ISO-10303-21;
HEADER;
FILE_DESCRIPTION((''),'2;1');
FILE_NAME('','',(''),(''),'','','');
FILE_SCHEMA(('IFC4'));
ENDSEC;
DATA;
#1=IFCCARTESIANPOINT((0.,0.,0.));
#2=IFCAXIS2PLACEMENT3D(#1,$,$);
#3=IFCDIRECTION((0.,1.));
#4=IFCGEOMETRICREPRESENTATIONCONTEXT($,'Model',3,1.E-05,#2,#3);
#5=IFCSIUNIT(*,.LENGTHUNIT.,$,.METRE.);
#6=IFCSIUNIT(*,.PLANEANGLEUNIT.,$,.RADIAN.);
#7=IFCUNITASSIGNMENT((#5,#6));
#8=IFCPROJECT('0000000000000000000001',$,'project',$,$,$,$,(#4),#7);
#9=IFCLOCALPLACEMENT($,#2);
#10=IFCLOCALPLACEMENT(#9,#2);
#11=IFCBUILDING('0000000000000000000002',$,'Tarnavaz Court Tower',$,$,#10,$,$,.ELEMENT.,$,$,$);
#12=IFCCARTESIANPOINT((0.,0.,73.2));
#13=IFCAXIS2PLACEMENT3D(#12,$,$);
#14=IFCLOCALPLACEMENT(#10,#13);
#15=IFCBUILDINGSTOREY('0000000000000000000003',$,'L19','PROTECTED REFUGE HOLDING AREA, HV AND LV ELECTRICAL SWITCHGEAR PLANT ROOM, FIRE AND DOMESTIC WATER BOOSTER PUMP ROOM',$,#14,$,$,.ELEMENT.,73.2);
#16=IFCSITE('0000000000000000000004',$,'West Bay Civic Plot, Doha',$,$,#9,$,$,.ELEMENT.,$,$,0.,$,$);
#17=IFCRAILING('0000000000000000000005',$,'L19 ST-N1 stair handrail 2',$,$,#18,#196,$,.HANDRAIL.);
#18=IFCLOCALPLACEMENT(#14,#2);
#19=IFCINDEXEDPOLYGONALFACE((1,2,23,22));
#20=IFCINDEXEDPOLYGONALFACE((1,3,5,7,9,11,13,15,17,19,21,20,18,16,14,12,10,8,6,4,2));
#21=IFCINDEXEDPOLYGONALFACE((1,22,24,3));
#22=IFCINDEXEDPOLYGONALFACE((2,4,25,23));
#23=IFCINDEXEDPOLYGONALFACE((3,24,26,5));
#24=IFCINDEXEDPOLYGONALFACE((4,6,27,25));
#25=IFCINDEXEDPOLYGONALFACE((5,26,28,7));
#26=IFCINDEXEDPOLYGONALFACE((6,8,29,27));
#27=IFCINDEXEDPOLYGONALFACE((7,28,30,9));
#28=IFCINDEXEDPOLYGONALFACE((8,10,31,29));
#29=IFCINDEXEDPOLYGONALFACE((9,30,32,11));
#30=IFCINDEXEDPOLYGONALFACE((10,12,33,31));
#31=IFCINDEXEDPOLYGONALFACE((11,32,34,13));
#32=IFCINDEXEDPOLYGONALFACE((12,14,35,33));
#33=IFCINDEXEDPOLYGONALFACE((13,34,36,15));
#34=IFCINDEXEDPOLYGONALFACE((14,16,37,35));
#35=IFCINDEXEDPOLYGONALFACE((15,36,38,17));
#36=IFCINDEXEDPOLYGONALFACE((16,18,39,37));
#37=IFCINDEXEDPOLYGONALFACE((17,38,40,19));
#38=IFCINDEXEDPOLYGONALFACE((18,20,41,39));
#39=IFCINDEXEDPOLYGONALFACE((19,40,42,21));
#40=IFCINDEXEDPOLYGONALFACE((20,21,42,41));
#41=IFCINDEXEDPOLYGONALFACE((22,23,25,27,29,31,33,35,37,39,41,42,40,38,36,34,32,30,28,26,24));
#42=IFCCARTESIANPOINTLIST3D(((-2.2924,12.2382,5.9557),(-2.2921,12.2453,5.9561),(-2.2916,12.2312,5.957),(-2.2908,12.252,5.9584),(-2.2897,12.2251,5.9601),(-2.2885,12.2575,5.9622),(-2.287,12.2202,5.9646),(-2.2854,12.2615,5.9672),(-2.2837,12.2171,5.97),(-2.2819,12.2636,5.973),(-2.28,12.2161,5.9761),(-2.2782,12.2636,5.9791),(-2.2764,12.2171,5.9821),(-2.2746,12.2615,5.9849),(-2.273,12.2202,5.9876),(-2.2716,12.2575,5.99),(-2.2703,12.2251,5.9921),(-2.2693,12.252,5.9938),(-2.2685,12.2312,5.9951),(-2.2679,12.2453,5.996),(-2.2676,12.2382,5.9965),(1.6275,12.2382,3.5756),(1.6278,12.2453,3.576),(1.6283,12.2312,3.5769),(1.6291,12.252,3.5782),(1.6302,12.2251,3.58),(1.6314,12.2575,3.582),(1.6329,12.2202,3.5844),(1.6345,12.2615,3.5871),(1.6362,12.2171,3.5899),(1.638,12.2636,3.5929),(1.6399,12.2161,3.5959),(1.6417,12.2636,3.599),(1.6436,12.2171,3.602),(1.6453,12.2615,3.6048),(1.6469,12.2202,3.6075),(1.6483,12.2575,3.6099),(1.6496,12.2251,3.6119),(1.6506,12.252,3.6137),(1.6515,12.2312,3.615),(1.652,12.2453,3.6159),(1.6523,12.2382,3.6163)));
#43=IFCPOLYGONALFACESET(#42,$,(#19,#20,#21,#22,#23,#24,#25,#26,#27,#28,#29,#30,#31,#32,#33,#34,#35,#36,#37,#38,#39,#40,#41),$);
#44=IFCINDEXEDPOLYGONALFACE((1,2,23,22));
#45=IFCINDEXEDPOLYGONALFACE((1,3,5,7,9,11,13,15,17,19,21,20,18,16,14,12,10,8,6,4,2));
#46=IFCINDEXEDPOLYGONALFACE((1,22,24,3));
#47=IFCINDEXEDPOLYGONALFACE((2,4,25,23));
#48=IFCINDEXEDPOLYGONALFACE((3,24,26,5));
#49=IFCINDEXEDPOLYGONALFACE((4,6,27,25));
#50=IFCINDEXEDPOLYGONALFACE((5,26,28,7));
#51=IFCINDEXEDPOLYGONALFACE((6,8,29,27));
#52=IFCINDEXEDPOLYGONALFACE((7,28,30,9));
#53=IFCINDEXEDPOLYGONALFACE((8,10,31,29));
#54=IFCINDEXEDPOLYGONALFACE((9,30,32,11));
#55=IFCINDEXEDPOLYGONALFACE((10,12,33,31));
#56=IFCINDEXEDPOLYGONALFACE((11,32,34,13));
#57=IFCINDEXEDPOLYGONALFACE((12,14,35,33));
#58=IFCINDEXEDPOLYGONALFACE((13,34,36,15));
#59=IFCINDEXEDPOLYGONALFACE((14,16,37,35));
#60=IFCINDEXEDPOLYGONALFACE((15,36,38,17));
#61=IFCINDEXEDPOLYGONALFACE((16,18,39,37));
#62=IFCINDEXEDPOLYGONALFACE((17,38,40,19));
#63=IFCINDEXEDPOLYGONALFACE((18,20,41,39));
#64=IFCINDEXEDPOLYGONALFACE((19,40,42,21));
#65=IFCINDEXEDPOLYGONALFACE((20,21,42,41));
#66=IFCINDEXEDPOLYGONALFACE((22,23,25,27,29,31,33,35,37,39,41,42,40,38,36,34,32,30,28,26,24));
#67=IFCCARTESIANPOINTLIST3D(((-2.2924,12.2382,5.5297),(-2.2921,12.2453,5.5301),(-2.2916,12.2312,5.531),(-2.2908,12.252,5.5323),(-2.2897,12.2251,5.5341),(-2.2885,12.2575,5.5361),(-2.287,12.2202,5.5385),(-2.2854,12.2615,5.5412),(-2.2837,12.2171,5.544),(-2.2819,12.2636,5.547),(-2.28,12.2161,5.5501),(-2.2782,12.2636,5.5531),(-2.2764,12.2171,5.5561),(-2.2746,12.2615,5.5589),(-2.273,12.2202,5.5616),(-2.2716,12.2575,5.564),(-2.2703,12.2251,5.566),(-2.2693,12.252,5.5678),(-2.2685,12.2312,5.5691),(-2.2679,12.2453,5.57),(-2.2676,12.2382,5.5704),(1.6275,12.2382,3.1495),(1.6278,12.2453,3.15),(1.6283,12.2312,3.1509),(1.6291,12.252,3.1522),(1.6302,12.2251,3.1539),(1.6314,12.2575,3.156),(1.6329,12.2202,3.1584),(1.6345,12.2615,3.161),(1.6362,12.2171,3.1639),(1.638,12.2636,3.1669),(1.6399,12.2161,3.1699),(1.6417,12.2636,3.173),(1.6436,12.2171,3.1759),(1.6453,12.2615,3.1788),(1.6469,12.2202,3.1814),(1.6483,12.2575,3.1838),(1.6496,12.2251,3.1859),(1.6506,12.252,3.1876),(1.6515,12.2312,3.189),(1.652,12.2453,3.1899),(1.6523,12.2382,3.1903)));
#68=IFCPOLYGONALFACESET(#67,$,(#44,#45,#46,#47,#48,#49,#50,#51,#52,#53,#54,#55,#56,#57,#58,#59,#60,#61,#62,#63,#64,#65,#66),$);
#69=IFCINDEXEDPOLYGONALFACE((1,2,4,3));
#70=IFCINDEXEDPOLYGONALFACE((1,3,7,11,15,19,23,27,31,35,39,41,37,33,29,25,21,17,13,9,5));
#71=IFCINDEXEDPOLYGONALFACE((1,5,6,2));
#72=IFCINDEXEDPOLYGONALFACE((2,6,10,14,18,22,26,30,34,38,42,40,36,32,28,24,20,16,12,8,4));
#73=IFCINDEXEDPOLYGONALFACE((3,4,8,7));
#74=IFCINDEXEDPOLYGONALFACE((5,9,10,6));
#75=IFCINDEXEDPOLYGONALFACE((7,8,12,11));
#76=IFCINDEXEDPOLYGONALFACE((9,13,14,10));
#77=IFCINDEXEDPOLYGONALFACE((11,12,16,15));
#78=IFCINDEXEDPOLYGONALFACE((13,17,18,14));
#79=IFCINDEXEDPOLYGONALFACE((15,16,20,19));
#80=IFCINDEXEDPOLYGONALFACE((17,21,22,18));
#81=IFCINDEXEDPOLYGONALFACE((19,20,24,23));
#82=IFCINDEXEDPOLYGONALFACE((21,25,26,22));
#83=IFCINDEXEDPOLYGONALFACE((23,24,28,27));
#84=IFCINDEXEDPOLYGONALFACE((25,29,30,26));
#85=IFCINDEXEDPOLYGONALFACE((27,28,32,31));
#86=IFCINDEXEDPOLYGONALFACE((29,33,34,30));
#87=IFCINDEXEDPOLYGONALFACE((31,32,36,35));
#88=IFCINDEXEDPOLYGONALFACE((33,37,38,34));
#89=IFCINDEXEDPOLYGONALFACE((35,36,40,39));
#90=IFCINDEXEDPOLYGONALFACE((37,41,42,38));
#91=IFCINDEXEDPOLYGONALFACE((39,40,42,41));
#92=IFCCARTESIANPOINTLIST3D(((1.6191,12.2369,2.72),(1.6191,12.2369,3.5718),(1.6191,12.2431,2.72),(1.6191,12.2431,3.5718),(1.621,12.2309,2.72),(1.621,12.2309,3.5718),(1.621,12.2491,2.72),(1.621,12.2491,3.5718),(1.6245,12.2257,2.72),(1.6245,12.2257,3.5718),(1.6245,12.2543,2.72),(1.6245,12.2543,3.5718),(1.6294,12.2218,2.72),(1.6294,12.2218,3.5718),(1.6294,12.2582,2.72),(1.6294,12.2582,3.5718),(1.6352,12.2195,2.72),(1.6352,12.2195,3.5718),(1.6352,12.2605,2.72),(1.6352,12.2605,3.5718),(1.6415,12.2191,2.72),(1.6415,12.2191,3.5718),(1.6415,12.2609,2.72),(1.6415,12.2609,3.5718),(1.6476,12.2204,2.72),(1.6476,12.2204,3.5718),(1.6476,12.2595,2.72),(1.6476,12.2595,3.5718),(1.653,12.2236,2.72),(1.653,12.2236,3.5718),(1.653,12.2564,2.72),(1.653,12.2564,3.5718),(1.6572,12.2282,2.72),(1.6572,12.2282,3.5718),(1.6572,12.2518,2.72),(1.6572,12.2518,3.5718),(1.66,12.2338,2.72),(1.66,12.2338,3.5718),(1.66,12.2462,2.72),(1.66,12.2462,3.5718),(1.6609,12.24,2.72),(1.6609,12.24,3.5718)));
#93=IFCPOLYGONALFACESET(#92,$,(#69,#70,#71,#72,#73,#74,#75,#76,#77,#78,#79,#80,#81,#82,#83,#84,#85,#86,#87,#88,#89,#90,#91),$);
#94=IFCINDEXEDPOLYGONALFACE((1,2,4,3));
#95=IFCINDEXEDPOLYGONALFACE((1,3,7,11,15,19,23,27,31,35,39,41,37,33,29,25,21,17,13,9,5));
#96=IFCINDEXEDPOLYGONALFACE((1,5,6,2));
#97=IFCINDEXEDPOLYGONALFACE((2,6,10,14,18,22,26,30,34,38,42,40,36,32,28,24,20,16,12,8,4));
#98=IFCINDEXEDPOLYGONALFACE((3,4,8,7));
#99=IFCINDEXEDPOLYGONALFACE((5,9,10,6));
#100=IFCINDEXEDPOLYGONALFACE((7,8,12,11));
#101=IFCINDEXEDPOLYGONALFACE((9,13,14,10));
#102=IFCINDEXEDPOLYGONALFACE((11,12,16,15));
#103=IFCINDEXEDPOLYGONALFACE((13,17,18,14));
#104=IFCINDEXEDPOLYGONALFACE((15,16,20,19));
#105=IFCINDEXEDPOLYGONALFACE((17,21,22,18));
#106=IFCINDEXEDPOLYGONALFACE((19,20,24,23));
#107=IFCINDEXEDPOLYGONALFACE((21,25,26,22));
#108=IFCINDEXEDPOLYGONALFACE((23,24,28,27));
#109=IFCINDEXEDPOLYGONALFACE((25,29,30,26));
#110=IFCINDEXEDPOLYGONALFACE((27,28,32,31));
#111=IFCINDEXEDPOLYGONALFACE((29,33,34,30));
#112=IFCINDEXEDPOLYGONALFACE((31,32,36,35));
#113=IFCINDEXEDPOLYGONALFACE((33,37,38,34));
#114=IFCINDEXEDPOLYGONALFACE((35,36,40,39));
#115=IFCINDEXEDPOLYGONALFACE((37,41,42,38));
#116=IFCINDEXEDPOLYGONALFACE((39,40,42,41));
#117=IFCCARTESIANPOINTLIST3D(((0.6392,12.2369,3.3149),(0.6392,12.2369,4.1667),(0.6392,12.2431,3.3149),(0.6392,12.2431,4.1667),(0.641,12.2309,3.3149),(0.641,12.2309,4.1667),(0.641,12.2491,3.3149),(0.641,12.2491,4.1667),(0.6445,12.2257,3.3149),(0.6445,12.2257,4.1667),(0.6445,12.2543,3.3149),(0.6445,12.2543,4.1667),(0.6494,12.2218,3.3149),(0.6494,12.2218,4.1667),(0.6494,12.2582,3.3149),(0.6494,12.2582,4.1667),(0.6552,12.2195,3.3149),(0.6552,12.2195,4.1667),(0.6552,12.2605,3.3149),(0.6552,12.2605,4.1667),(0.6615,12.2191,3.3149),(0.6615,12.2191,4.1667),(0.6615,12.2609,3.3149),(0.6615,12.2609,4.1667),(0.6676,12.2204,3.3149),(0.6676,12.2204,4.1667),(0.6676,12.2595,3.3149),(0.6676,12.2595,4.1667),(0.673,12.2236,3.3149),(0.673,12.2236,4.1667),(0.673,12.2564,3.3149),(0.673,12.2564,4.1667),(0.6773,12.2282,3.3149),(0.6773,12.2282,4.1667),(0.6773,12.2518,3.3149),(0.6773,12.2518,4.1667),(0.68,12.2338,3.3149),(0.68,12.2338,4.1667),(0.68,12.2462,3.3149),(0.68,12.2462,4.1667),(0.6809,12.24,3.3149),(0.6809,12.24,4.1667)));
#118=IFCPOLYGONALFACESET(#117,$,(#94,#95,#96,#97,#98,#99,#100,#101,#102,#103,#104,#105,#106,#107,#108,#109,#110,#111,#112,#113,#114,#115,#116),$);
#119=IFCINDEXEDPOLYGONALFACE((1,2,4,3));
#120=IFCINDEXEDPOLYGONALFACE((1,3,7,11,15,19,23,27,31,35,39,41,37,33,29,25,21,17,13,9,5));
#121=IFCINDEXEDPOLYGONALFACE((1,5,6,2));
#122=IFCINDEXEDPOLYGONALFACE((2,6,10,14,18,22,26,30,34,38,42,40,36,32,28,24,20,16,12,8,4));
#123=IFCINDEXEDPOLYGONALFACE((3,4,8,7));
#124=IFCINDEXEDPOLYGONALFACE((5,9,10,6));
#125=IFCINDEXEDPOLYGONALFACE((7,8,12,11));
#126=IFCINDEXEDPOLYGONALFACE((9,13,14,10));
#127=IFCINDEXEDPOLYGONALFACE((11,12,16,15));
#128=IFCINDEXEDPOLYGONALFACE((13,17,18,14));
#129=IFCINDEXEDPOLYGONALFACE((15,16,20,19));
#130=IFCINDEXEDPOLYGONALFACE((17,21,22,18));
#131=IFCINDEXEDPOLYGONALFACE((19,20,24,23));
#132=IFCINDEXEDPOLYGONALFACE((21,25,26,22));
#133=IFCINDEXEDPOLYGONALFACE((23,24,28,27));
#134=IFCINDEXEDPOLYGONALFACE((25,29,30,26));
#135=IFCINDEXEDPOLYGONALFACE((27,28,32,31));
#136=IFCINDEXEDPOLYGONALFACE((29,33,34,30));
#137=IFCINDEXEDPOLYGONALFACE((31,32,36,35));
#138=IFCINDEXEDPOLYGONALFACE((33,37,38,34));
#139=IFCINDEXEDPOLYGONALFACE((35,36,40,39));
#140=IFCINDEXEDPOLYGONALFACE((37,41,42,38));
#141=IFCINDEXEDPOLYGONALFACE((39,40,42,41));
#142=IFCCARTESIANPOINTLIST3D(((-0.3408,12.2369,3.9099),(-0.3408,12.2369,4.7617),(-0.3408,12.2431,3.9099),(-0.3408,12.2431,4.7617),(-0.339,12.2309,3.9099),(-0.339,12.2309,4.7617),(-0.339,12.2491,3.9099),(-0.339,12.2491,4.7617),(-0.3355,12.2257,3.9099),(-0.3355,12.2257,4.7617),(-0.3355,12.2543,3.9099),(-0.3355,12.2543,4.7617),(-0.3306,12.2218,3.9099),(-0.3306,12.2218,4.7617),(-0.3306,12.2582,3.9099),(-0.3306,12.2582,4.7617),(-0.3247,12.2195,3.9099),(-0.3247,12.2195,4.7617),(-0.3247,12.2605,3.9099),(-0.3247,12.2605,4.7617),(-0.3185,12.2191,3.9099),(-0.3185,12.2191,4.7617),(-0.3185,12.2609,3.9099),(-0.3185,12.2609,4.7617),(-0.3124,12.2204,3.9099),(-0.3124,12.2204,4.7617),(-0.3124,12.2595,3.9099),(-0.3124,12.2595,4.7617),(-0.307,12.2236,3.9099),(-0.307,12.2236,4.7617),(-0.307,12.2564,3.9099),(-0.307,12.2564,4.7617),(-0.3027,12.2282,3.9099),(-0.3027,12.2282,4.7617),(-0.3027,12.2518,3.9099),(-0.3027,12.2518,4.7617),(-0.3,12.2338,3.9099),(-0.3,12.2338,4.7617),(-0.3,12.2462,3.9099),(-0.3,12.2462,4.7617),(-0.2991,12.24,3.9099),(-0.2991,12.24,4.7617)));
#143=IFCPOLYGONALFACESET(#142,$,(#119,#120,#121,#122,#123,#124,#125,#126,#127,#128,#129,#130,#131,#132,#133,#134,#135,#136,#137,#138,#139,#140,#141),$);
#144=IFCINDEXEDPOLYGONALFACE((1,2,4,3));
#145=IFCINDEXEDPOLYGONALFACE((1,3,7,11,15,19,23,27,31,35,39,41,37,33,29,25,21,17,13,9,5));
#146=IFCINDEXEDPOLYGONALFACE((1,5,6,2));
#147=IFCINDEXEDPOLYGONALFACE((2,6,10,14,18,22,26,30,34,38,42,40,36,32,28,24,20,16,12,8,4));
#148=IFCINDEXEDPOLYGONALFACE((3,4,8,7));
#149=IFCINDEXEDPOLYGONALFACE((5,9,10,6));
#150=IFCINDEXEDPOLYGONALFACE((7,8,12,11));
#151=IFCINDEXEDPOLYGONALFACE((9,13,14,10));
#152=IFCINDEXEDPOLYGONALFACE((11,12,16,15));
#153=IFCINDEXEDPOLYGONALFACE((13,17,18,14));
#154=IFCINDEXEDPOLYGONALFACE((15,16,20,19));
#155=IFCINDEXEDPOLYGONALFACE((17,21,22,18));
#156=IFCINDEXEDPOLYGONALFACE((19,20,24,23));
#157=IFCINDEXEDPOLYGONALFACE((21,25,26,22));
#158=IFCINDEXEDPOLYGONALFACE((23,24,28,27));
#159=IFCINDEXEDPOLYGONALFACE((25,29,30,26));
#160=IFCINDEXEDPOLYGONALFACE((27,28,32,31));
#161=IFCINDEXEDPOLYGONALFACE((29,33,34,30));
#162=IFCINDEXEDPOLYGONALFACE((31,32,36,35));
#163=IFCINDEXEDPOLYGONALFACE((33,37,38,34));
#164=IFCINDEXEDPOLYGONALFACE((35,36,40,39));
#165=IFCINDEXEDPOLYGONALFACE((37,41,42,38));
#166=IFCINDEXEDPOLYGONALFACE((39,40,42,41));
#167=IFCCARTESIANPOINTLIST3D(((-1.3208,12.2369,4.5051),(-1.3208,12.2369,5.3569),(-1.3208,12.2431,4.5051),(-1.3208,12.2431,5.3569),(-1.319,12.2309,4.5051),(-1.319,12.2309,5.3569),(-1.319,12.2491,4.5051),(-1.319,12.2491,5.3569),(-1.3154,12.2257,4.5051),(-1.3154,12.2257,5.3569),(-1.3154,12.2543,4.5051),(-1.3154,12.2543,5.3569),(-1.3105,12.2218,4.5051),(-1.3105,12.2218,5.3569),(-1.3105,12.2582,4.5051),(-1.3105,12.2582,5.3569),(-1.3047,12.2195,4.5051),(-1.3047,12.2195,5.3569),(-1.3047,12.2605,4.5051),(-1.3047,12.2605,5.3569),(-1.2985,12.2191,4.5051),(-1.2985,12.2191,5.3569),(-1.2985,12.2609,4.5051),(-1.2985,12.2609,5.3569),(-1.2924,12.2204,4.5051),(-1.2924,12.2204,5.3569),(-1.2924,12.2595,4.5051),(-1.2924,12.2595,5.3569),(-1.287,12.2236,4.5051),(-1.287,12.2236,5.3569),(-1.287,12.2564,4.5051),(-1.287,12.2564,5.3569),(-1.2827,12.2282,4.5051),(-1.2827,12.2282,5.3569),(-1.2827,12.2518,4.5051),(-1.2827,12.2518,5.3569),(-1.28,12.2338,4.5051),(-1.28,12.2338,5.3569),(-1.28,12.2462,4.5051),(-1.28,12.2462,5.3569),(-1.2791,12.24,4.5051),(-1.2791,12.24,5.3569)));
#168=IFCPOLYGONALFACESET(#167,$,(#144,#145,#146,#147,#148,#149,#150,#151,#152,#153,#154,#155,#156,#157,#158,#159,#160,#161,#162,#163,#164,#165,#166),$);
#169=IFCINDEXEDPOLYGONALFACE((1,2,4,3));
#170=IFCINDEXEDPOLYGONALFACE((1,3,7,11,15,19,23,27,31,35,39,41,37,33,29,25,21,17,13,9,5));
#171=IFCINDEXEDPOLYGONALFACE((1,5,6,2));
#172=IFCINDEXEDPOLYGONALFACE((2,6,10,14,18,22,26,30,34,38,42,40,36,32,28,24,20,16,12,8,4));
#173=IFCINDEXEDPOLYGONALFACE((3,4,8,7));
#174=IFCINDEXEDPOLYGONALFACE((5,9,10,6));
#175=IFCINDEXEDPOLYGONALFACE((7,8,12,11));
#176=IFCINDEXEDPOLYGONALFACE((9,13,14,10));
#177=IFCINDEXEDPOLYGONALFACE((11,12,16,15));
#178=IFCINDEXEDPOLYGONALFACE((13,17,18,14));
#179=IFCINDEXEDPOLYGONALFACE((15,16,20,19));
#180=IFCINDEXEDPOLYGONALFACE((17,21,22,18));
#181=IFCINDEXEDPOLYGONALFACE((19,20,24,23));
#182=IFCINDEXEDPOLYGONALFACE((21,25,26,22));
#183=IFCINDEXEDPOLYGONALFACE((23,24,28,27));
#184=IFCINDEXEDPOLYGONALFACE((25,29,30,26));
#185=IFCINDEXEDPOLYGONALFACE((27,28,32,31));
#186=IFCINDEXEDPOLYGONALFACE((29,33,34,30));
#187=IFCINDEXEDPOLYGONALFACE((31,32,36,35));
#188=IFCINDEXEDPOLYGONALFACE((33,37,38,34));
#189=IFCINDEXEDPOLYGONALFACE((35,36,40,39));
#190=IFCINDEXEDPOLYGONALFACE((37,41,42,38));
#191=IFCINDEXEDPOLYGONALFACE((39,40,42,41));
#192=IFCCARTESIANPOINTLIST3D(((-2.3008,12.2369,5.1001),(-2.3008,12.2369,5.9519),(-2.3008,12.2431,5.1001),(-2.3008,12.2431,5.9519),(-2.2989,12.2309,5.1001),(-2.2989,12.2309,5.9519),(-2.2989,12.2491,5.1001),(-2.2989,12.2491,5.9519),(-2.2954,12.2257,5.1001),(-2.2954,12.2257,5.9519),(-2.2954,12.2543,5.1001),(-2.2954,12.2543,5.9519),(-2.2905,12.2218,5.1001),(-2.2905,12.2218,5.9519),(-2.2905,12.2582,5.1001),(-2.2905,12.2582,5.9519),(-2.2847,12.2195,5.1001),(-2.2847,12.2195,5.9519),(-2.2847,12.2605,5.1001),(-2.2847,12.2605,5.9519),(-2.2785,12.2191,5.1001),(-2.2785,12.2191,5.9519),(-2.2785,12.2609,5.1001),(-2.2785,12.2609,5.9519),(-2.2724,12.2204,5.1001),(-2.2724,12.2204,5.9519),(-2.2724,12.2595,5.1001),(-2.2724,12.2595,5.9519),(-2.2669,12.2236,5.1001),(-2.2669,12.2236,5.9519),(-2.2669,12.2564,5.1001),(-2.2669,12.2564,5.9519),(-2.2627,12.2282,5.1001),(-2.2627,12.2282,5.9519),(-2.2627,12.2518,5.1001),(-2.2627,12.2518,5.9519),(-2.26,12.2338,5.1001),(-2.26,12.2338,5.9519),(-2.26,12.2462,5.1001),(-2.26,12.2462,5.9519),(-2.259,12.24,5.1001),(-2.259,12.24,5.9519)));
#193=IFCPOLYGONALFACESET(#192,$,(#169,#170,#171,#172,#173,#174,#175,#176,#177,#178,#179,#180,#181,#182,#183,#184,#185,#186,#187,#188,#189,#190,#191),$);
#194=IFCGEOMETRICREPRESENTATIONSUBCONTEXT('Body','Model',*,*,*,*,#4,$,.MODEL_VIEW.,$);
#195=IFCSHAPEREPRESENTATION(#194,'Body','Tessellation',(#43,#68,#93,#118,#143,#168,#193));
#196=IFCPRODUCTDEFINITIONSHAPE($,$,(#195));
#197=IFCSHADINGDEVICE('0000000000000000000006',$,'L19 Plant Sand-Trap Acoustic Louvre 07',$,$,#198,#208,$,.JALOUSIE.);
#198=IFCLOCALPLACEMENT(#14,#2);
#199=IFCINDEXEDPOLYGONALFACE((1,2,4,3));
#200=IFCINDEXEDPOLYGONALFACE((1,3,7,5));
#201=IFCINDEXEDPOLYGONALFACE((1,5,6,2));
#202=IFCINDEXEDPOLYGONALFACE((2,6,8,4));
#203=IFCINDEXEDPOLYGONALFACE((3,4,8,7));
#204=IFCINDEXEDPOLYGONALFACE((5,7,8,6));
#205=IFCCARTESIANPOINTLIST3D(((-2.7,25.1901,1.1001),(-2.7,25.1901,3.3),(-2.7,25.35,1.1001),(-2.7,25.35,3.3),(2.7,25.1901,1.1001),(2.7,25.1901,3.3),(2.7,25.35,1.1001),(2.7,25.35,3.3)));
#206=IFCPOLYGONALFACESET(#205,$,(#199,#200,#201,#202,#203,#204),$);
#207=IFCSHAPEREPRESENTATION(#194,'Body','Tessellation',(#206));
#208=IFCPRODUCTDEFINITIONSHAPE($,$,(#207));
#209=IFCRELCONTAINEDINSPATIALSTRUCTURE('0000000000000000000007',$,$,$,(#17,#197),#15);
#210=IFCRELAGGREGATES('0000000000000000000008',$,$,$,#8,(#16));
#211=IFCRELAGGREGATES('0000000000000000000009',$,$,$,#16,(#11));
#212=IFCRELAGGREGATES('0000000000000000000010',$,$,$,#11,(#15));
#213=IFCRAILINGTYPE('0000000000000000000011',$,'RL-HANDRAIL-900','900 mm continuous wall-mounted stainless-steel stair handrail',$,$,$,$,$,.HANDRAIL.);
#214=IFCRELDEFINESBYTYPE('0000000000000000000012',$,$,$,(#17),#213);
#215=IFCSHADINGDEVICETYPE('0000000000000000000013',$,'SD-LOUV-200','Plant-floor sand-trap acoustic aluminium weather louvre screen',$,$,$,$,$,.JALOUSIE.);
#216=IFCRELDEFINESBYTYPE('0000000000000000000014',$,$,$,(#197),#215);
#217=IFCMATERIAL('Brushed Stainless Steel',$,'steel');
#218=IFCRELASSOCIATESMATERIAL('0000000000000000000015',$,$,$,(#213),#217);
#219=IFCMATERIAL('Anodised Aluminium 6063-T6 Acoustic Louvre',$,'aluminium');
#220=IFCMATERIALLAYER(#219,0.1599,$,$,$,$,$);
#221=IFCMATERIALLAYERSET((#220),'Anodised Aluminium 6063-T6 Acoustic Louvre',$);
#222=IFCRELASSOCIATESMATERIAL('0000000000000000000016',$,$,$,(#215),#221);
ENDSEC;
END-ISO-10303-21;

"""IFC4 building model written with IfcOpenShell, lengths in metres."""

from ifc_helpers import new_model, si_unit, direction, frame, origin, origin_2d, place, context, subcontext, project, spatial, rectangle, circle, extrude, material, layer, layer_set, type_object, element, save


model = new_model("IFC4")

# Units and contexts
model_context = context("Model", 3, precision=1e-05, world=origin(), true_north=direction((0.0, 1.0)))
body_context = subcontext(model_context, "Body", "Model", "MODEL_VIEW")
ifc_project = project(units=[si_unit("LENGTHUNIT", "METRE"), si_unit("PLANEANGLEUNIT", "RADIAN")], contexts=[model_context])

# Site, building, storey
site_placement = place(None, origin())
site = spatial("IfcSite", under=ifc_project, at=site_placement, Name="West Bay Civic Plot, Doha", CompositionType="ELEMENT", RefElevation=0.0)
building_placement = place(site_placement, origin())
building = spatial("IfcBuilding", under=site, at=building_placement, Name="Tarnavaz Court Tower", CompositionType="ELEMENT")
storey_placement = place(building_placement, frame((0.0, 0.0, 73.2)))
storey = spatial("IfcBuildingStorey", under=building, at=storey_placement, Name="L19", Description="PROTECTED REFUGE HOLDING AREA, HV AND LV ELECTRICAL SWITCHGEAR PLANT ROOM, FIRE AND DOMESTIC WATER BOOSTER PUMP ROOM", CompositionType="ELEMENT", Elevation=73.2)

# Railing
ifc_material_1 = material(Name="Brushed Stainless Steel", Category="steel")
railing_type = type_object("IfcRailingType", Name="RL-HANDRAIL-900", Description="900 mm continuous wall-mounted stainless-steel stair handrail", PredefinedType="HANDRAIL", material=ifc_material_1)
railing_placement = place(storey_placement, frame((1.6399, 12.24, 2.72)))
element("IfcRailing", 1, at=railing_placement, inside=storey, type_object=railing_type, Name="L19 ST-N1 stair handrail 2", PredefinedType="HANDRAIL", context=body_context, shape_type="SweptSolid", body=[
    extrude(circle(Radius=0.0239, at=origin_2d()), frame((0.0, 0.0, 0.876), z_axis=(-0.854771, 0.0, 0.519006), x_axis=(0.0, -1.0, 0.0)), (0.0, 0.0, 1.0), 4.5859),
    extrude(circle(Radius=0.0239, at=origin_2d()), frame((0.0, 0.0, 0.45), z_axis=(-0.854771, 0.0, 0.519006), x_axis=(0.0, -1.0, 0.0)), (0.0, 0.0, 1.0), 4.5859),
    extrude(circle(Radius=0.021, at=origin_2d()), origin(), (0.0, 0.0, 1.0), 0.8518),
    extrude(circle(Radius=0.021, at=origin_2d()), frame((-0.98, 0.0, 0.595)), (0.0, 0.0, 1.0), 0.8518),
    extrude(circle(Radius=0.021, at=origin_2d()), frame((-1.96, 0.0, 1.1899)), (0.0, 0.0, 1.0), 0.8518),
    extrude(circle(Radius=0.021, at=origin_2d()), frame((-2.9399, 0.0, 1.7852)), (0.0, 0.0, 1.0), 0.8518),
    extrude(circle(Radius=0.021, at=origin_2d()), frame((-3.9199, 0.0, 2.3801)), (0.0, 0.0, 1.0), 0.8518),
])

# Shading device
ifc_material_2 = material(Name="Anodised Aluminium 6063-T6 Acoustic Louvre", Category="aluminium")
ifc_layer_1 = layer(ifc_material_2, 0.1599)
ifc_layer_set_1 = layer_set([ifc_layer_1], Name="Anodised Aluminium 6063-T6 Acoustic Louvre")
shading_device_type = type_object("IfcShadingDeviceType", Name="SD-LOUV-200", Description="Plant-floor sand-trap acoustic aluminium weather louvre screen", PredefinedType="JALOUSIE", material=ifc_layer_set_1)
shading_device_placement = place(storey_placement, frame((0.0, 25.27, 1.1001), z_axis=(0.0, 0.0, 1.0), x_axis=(1.0, 0.0, 0.0)))
element("IfcShadingDevice", 2, at=shading_device_placement, inside=storey, type_object=shading_device_type, Name="L19 Plant Sand-Trap Acoustic Louvre 07", PredefinedType="JALOUSIE", context=body_context, shape_type="SweptSolid", body=[
    extrude(rectangle(XDim=5.3999, YDim=0.1599, at=origin_2d()), origin(), (0.0, 0.0, 1.0), 2.2),
])

save(model, "model.ifc")
